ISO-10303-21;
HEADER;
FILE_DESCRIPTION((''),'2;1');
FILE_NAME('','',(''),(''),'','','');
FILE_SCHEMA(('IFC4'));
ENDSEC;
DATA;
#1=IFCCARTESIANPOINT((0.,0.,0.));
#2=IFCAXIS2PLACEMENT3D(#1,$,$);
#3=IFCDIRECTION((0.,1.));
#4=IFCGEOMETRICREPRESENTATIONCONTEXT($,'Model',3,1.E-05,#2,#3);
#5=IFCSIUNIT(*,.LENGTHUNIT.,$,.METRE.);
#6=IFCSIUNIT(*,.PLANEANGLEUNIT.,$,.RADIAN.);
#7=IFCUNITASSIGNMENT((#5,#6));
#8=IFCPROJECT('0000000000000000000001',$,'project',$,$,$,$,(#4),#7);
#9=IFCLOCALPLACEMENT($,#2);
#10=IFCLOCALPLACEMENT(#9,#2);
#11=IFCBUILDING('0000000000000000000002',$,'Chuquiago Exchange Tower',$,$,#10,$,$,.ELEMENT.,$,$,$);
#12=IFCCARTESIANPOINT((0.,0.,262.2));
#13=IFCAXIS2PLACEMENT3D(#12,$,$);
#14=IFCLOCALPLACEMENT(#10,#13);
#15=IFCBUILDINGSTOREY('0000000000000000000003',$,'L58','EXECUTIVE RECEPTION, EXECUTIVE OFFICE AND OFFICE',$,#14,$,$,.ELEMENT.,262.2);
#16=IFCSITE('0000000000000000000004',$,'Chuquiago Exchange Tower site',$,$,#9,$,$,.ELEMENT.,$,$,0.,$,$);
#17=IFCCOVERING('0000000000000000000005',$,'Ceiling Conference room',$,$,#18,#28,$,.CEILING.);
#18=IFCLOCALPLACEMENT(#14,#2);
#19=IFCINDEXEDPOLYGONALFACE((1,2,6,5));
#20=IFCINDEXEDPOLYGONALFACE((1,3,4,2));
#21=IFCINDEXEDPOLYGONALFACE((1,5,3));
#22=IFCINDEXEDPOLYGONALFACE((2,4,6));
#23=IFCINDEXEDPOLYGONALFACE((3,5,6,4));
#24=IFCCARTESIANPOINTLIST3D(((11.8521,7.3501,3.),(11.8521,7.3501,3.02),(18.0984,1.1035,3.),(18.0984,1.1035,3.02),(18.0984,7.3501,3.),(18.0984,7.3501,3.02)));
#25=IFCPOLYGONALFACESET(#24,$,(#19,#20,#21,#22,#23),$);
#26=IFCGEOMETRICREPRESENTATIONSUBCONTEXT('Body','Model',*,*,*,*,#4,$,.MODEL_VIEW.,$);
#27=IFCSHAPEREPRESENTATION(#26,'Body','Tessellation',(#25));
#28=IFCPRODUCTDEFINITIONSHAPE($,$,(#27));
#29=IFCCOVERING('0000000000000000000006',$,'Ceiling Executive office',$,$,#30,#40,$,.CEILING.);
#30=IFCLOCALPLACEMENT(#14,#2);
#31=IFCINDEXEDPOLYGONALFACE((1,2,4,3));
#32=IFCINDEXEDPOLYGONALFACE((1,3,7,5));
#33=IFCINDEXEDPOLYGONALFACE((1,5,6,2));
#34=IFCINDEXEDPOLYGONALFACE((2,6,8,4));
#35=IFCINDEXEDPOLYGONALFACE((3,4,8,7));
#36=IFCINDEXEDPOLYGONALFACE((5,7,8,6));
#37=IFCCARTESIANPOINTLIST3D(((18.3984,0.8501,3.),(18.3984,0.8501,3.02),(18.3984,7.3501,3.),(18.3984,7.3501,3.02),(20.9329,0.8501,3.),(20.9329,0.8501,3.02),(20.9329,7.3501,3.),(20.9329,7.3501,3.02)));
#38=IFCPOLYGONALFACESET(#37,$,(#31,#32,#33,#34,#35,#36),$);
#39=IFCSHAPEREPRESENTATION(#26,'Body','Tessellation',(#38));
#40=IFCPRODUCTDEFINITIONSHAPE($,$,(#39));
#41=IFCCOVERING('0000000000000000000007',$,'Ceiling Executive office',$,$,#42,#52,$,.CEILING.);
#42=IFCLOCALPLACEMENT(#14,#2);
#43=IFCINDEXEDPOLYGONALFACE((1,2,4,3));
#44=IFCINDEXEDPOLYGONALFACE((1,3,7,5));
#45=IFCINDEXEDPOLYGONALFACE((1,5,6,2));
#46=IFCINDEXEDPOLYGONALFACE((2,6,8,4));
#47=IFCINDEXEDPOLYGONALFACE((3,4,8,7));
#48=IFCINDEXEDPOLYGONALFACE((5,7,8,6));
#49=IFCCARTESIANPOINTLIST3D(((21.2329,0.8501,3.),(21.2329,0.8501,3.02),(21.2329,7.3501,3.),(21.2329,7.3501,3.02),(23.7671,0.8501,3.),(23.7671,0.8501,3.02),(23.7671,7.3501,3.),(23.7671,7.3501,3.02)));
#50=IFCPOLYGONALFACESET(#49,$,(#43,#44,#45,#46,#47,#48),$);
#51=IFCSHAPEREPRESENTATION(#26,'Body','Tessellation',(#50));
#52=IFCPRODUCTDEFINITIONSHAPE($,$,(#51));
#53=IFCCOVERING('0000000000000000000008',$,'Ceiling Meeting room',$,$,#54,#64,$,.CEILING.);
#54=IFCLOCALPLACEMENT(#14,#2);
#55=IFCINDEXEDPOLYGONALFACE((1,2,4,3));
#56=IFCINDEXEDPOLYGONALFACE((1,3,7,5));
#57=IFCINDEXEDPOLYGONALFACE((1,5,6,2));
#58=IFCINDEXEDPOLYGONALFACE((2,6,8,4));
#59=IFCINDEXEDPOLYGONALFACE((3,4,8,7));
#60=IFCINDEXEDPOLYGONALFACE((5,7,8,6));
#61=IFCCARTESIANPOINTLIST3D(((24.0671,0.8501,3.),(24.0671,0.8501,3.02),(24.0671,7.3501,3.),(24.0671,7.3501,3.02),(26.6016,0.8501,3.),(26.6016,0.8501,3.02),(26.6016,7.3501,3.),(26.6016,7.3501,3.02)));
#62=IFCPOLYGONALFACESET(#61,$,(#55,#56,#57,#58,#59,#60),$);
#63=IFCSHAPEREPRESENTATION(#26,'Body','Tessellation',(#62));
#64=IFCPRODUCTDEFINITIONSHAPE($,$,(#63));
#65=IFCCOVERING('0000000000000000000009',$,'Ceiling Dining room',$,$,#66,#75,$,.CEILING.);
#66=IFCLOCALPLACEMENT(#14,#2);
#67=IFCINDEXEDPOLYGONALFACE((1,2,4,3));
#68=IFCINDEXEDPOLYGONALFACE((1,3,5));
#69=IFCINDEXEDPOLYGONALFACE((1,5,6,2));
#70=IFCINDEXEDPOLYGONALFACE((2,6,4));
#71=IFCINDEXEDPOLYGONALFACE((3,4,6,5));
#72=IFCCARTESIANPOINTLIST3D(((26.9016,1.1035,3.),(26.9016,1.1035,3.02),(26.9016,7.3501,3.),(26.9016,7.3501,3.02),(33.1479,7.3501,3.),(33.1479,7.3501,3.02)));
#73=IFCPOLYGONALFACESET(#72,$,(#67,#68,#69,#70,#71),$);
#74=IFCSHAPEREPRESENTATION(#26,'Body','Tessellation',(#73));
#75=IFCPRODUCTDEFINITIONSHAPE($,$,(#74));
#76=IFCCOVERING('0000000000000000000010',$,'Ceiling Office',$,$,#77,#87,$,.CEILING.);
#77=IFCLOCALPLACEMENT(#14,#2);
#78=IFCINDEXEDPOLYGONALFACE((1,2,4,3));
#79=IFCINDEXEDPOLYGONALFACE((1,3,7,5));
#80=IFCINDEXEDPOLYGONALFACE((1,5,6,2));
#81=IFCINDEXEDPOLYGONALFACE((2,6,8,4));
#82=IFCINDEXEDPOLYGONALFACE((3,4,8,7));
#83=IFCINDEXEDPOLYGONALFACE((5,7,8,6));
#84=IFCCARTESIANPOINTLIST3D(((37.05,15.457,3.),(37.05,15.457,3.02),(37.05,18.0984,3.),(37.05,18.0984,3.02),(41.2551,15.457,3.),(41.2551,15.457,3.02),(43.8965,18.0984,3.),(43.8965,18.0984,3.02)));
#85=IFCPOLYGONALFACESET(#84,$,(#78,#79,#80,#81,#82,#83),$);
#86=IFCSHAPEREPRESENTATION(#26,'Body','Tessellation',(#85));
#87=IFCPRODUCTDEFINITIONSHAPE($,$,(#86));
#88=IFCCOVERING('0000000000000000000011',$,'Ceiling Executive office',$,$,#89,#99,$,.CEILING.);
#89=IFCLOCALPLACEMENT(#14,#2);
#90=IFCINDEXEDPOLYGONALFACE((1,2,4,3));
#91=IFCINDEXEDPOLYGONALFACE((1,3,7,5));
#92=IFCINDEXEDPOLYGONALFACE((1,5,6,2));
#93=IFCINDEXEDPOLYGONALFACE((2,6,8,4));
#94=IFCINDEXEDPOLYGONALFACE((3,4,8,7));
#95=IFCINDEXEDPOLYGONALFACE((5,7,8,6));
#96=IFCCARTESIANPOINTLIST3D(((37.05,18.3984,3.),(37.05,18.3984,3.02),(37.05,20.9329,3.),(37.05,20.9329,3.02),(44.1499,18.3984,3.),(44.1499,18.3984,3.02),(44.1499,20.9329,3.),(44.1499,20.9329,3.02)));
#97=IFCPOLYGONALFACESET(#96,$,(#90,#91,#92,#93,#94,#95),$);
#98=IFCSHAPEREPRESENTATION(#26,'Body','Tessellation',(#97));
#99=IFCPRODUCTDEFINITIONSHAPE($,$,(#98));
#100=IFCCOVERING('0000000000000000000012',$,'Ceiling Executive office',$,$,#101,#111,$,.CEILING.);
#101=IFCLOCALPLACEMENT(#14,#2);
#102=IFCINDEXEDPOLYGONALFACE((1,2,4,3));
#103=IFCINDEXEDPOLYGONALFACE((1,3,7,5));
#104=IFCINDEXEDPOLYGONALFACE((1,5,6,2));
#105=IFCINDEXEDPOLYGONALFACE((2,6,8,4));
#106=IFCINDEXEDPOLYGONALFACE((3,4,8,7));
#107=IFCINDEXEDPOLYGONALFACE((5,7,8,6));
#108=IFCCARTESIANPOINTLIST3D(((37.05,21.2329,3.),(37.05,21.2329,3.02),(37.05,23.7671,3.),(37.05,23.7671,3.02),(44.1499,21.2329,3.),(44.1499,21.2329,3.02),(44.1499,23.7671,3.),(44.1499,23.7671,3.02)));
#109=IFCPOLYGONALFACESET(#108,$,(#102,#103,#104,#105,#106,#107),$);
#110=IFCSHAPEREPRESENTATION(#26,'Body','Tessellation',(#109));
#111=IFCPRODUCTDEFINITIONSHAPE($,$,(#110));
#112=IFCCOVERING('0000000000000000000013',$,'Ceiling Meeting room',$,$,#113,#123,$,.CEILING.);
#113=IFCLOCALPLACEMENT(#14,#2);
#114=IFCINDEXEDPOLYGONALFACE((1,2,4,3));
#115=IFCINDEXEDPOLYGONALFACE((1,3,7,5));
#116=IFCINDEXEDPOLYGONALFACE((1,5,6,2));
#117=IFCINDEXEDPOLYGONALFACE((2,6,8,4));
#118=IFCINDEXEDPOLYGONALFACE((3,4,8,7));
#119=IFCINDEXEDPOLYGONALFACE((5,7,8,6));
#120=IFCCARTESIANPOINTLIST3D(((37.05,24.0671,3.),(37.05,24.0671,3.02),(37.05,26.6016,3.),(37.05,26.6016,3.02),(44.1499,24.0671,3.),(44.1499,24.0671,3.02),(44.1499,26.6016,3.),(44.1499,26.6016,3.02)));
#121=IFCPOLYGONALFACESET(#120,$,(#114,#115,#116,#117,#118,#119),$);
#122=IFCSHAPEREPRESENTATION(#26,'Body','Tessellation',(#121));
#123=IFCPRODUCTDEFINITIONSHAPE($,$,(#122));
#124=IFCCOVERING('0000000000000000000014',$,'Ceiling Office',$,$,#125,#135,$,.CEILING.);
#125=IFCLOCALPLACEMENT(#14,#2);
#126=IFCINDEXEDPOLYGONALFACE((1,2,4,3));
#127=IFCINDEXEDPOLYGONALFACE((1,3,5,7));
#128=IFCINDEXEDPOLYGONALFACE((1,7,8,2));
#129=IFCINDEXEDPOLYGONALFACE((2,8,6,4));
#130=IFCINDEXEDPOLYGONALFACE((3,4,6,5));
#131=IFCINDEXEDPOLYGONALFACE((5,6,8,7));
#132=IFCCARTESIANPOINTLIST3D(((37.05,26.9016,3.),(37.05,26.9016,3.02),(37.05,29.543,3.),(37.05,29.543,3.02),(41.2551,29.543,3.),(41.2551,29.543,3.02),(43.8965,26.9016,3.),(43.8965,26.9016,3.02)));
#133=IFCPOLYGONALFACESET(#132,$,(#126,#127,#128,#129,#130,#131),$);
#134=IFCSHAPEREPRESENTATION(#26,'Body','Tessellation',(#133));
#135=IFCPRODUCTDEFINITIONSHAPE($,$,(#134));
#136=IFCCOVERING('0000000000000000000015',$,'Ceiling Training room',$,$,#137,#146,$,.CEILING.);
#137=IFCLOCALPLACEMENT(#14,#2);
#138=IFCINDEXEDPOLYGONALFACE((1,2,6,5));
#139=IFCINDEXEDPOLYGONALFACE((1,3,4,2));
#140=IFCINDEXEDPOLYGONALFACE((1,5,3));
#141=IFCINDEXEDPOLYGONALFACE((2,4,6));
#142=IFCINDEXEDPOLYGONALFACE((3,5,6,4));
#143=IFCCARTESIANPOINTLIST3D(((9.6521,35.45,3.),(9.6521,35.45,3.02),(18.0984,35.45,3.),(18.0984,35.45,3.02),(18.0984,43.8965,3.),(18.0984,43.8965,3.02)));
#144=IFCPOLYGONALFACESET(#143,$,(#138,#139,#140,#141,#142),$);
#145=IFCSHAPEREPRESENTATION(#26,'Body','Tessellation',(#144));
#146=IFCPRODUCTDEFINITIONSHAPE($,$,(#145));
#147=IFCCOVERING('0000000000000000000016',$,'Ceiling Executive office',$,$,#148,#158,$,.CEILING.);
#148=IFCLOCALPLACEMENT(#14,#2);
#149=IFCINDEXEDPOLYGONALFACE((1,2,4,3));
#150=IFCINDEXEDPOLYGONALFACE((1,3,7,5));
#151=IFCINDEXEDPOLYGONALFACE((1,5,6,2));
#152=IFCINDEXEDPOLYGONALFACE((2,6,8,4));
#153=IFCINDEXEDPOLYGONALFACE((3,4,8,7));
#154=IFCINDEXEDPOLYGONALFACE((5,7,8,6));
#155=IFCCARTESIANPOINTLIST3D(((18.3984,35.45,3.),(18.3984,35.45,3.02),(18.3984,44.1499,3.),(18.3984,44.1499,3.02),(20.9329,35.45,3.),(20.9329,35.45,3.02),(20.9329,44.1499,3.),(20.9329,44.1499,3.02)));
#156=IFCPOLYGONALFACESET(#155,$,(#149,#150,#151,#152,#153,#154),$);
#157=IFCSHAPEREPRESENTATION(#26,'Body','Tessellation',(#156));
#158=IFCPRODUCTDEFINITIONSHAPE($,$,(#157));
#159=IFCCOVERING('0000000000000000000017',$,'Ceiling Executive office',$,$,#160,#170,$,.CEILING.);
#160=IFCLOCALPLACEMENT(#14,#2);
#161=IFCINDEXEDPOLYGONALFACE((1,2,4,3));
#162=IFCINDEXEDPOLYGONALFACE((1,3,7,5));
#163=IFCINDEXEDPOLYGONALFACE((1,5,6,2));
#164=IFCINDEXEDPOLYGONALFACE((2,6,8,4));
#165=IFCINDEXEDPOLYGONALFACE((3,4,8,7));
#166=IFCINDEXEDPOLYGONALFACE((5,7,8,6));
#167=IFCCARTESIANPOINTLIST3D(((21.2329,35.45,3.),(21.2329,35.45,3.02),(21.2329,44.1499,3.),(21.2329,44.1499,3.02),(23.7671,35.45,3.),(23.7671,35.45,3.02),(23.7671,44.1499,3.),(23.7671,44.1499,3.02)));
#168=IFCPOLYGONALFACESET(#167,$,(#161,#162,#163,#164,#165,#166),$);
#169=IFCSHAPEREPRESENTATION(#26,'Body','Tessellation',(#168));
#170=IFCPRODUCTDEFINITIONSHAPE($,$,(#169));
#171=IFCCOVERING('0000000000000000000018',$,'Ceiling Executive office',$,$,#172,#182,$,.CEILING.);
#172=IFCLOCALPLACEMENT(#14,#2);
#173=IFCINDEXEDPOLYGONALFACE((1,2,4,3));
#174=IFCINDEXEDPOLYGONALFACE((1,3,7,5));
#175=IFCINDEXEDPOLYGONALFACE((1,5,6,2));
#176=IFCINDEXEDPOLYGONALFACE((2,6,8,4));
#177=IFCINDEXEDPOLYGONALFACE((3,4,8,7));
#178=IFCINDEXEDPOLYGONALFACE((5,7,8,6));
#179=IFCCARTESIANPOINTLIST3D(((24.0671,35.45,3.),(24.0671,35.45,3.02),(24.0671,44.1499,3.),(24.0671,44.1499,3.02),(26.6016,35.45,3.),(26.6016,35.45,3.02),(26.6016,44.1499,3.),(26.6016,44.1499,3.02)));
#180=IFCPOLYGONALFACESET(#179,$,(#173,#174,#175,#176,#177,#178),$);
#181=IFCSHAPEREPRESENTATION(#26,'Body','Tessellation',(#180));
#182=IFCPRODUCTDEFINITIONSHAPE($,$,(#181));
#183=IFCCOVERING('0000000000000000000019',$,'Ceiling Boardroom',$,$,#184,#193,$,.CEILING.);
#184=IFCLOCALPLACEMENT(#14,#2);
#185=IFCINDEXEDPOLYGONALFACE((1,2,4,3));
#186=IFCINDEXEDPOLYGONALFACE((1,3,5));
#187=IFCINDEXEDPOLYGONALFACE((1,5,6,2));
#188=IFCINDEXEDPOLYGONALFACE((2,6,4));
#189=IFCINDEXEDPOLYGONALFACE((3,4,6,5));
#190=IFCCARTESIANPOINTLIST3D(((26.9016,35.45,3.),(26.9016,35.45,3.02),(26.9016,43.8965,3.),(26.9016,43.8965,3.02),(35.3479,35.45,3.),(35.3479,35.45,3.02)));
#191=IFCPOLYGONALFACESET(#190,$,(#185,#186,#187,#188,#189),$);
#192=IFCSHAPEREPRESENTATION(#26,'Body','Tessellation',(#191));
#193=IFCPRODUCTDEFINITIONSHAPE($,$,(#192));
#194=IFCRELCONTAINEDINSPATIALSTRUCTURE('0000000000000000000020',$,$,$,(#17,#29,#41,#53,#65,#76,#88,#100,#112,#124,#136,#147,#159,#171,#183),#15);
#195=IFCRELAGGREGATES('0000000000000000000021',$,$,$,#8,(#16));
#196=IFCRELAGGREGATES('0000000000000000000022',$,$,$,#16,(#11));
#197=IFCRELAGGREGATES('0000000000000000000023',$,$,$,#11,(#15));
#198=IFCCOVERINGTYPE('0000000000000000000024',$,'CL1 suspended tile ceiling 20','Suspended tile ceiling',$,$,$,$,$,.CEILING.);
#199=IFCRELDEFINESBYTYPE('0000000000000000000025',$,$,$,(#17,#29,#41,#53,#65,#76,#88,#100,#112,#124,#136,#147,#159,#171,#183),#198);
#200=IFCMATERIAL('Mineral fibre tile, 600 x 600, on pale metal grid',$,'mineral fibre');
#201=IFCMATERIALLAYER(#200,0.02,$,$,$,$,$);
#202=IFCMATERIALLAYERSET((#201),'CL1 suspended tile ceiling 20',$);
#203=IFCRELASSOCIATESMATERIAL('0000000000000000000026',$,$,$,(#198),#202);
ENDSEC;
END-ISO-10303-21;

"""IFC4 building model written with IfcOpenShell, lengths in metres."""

from ifc_helpers import new_model, si_unit, direction, frame, origin, place, context, subcontext, project, spatial, polyline, outline, extrude, material, layer, layer_set, type_object, element, save


model = new_model("IFC4")

# Units and contexts
model_context = context("Model", 3, precision=1e-05, world=origin(), true_north=direction((0.0, 1.0)))
body_context = subcontext(model_context, "Body", "Model", "MODEL_VIEW")
ifc_project = project(units=[si_unit("LENGTHUNIT", "METRE"), si_unit("PLANEANGLEUNIT", "RADIAN")], contexts=[model_context])

# Site, building, storey
site_placement = place(None, origin())
site = spatial("IfcSite", under=ifc_project, at=site_placement, Name="Chuquiago Exchange Tower site", CompositionType="ELEMENT", RefElevation=0.0)
building_placement = place(site_placement, origin())
building = spatial("IfcBuilding", under=site, at=building_placement, Name="Chuquiago Exchange Tower", CompositionType="ELEMENT")
storey_placement = place(building_placement, frame((0.0, 0.0, 262.2)))
storey = spatial("IfcBuildingStorey", under=building, at=storey_placement, Name="L58", Description="EXECUTIVE RECEPTION, EXECUTIVE OFFICE AND OFFICE", CompositionType="ELEMENT", Elevation=262.2)

# Coverings
ifc_material_1 = material(Name="Mineral fibre tile, 600 x 600, on pale metal grid", Category="mineral fibre")
ifc_layer_1 = layer(ifc_material_1, 0.02)
ifc_layer_set_1 = layer_set([ifc_layer_1], Name="CL1 suspended tile ceiling 20")
covering_type_1 = type_object("IfcCoveringType", Name="CL1 suspended tile ceiling 20", Description="Suspended tile ceiling", PredefinedType="CEILING", material=ifc_layer_set_1)
covering_1_placement = place(storey_placement, frame((0.0, 0.0, 3.0)))
element("IfcCovering", 1, at=covering_1_placement, inside=storey, type_object=covering_type_1, Name="Ceiling Conference room", PredefinedType="CEILING", context=body_context, shape_type="SweptSolid", body=[
    extrude(outline(polyline([(18.0984, 7.3501), (18.0984, 1.1035), (11.8521, 7.3501), (18.0984, 7.3501)])), origin(), (0.0, 0.0, 1.0), 0.02),
])
covering_2_placement = place(storey_placement, frame((0.0, 0.0, 3.0)))
element("IfcCovering", 2, at=covering_2_placement, inside=storey, type_object=covering_type_1, Name="Ceiling Executive office", PredefinedType="CEILING", context=body_context, shape_type="SweptSolid", body=[
    extrude(outline(polyline([(18.3984, 7.3501), (20.9329, 7.3501), (20.9329, 0.8501), (18.3984, 0.8501), (18.3984, 7.3501)])), origin(), (0.0, 0.0, 1.0), 0.02),
])
covering_3_placement = place(storey_placement, frame((0.0, 0.0, 3.0)))
element("IfcCovering", 3, at=covering_3_placement, inside=storey, type_object=covering_type_1, Name="Ceiling Executive office", PredefinedType="CEILING", context=body_context, shape_type="SweptSolid", body=[
    extrude(outline(polyline([(21.2329, 7.3501), (23.7671, 7.3501), (23.7671, 0.8501), (21.2329, 0.8501), (21.2329, 7.3501)])), origin(), (0.0, 0.0, 1.0), 0.02),
])
covering_4_placement = place(storey_placement, frame((0.0, 0.0, 3.0)))
element("IfcCovering", 4, at=covering_4_placement, inside=storey, type_object=covering_type_1, Name="Ceiling Meeting room", PredefinedType="CEILING", context=body_context, shape_type="SweptSolid", body=[
    extrude(outline(polyline([(24.0671, 0.8501), (24.0671, 7.3501), (26.6016, 7.3501), (26.6016, 0.8501), (24.0671, 0.8501)])), origin(), (0.0, 0.0, 1.0), 0.02),
])
covering_5_placement = place(storey_placement, frame((0.0, 0.0, 3.0)))
element("IfcCovering", 5, at=covering_5_placement, inside=storey, type_object=covering_type_1, Name="Ceiling Dining room", PredefinedType="CEILING", context=body_context, shape_type="SweptSolid", body=[
    extrude(outline(polyline([(26.9016, 7.3501), (33.1479, 7.3501), (26.9016, 1.1035), (26.9016, 7.3501)])), origin(), (0.0, 0.0, 1.0), 0.02),
])
covering_6_placement = place(storey_placement, frame((0.0, 0.0, 3.0)))
element("IfcCovering", 6, at=covering_6_placement, inside=storey, type_object=covering_type_1, Name="Ceiling Office", PredefinedType="CEILING", context=body_context, shape_type="SweptSolid", body=[
    extrude(outline(polyline([(37.05, 15.457), (37.05, 18.0984), (43.8965, 18.0984), (41.2551, 15.457), (37.05, 15.457)])), origin(), (0.0, 0.0, 1.0), 0.02),
])
covering_7_placement = place(storey_placement, frame((0.0, 0.0, 3.0)))
element("IfcCovering", 7, at=covering_7_placement, inside=storey, type_object=covering_type_1, Name="Ceiling Executive office", PredefinedType="CEILING", context=body_context, shape_type="SweptSolid", body=[
    extrude(outline(polyline([(37.05, 18.3984), (37.05, 20.9329), (44.1499, 20.9329), (44.1499, 18.3984), (37.05, 18.3984)])), origin(), (0.0, 0.0, 1.0), 0.02),
])
covering_8_placement = place(storey_placement, frame((0.0, 0.0, 3.0)))
element("IfcCovering", 8, at=covering_8_placement, inside=storey, type_object=covering_type_1, Name="Ceiling Executive office", PredefinedType="CEILING", context=body_context, shape_type="SweptSolid", body=[
    extrude(outline(polyline([(37.05, 21.2329), (37.05, 23.7671), (44.1499, 23.7671), (44.1499, 21.2329), (37.05, 21.2329)])), origin(), (0.0, 0.0, 1.0), 0.02),
])
covering_9_placement = place(storey_placement, frame((0.0, 0.0, 3.0)))
element("IfcCovering", 9, at=covering_9_placement, inside=storey, type_object=covering_type_1, Name="Ceiling Meeting room", PredefinedType="CEILING", context=body_context, shape_type="SweptSolid", body=[
    extrude(outline(polyline([(44.1499, 24.0671), (37.05, 24.0671), (37.05, 26.6016), (44.1499, 26.6016), (44.1499, 24.0671)])), origin(), (0.0, 0.0, 1.0), 0.02),
])
covering_10_placement = place(storey_placement, frame((0.0, 0.0, 3.0)))
element("IfcCovering", 10, at=covering_10_placement, inside=storey, type_object=covering_type_1, Name="Ceiling Office", PredefinedType="CEILING", context=body_context, shape_type="SweptSolid", body=[
    extrude(outline(polyline([(37.05, 26.9016), (37.05, 29.543), (41.2551, 29.543), (43.8965, 26.9016), (37.05, 26.9016)])), origin(), (0.0, 0.0, 1.0), 0.02),
])
covering_11_placement = place(storey_placement, frame((0.0, 0.0, 3.0)))
element("IfcCovering", 11, at=covering_11_placement, inside=storey, type_object=covering_type_1, Name="Ceiling Training room", PredefinedType="CEILING", context=body_context, shape_type="SweptSolid", body=[
    extrude(outline(polyline([(18.0984, 43.8965), (18.0984, 35.45), (9.6521, 35.45), (18.0984, 43.8965)])), origin(), (0.0, 0.0, 1.0), 0.02),
])
covering_12_placement = place(storey_placement, frame((0.0, 0.0, 3.0)))
element("IfcCovering", 12, at=covering_12_placement, inside=storey, type_object=covering_type_1, Name="Ceiling Executive office", PredefinedType="CEILING", context=body_context, shape_type="SweptSolid", body=[
    extrude(outline(polyline([(20.9329, 44.1499), (20.9329, 35.45), (18.3984, 35.45), (18.3984, 44.1499), (20.9329, 44.1499)])), origin(), (0.0, 0.0, 1.0), 0.02),
])
covering_13_placement = place(storey_placement, frame((0.0, 0.0, 3.0)))
element("IfcCovering", 13, at=covering_13_placement, inside=storey, type_object=covering_type_1, Name="Ceiling Executive office", PredefinedType="CEILING", context=body_context, shape_type="SweptSolid", body=[
    extrude(outline(polyline([(23.7671, 35.45), (21.2329, 35.45), (21.2329, 44.1499), (23.7671, 44.1499), (23.7671, 35.45)])), origin(), (0.0, 0.0, 1.0), 0.02),
])
covering_14_placement = place(storey_placement, frame((0.0, 0.0, 3.0)))
element("IfcCovering", 14, at=covering_14_placement, inside=storey, type_object=covering_type_1, Name="Ceiling Executive office", PredefinedType="CEILING", context=body_context, shape_type="SweptSolid", body=[
    extrude(outline(polyline([(26.6016, 35.45), (24.0671, 35.45), (24.0671, 44.1499), (26.6016, 44.1499), (26.6016, 35.45)])), origin(), (0.0, 0.0, 1.0), 0.02),
])
covering_15_placement = place(storey_placement, frame((0.0, 0.0, 3.0)))
element("IfcCovering", 15, at=covering_15_placement, inside=storey, type_object=covering_type_1, Name="Ceiling Boardroom", PredefinedType="CEILING", context=body_context, shape_type="SweptSolid", body=[
    extrude(outline(polyline([(26.9016, 35.45), (26.9016, 43.8965), (35.3479, 35.45), (26.9016, 35.45)])), origin(), (0.0, 0.0, 1.0), 0.02),
])

save(model, "model.ifc")
